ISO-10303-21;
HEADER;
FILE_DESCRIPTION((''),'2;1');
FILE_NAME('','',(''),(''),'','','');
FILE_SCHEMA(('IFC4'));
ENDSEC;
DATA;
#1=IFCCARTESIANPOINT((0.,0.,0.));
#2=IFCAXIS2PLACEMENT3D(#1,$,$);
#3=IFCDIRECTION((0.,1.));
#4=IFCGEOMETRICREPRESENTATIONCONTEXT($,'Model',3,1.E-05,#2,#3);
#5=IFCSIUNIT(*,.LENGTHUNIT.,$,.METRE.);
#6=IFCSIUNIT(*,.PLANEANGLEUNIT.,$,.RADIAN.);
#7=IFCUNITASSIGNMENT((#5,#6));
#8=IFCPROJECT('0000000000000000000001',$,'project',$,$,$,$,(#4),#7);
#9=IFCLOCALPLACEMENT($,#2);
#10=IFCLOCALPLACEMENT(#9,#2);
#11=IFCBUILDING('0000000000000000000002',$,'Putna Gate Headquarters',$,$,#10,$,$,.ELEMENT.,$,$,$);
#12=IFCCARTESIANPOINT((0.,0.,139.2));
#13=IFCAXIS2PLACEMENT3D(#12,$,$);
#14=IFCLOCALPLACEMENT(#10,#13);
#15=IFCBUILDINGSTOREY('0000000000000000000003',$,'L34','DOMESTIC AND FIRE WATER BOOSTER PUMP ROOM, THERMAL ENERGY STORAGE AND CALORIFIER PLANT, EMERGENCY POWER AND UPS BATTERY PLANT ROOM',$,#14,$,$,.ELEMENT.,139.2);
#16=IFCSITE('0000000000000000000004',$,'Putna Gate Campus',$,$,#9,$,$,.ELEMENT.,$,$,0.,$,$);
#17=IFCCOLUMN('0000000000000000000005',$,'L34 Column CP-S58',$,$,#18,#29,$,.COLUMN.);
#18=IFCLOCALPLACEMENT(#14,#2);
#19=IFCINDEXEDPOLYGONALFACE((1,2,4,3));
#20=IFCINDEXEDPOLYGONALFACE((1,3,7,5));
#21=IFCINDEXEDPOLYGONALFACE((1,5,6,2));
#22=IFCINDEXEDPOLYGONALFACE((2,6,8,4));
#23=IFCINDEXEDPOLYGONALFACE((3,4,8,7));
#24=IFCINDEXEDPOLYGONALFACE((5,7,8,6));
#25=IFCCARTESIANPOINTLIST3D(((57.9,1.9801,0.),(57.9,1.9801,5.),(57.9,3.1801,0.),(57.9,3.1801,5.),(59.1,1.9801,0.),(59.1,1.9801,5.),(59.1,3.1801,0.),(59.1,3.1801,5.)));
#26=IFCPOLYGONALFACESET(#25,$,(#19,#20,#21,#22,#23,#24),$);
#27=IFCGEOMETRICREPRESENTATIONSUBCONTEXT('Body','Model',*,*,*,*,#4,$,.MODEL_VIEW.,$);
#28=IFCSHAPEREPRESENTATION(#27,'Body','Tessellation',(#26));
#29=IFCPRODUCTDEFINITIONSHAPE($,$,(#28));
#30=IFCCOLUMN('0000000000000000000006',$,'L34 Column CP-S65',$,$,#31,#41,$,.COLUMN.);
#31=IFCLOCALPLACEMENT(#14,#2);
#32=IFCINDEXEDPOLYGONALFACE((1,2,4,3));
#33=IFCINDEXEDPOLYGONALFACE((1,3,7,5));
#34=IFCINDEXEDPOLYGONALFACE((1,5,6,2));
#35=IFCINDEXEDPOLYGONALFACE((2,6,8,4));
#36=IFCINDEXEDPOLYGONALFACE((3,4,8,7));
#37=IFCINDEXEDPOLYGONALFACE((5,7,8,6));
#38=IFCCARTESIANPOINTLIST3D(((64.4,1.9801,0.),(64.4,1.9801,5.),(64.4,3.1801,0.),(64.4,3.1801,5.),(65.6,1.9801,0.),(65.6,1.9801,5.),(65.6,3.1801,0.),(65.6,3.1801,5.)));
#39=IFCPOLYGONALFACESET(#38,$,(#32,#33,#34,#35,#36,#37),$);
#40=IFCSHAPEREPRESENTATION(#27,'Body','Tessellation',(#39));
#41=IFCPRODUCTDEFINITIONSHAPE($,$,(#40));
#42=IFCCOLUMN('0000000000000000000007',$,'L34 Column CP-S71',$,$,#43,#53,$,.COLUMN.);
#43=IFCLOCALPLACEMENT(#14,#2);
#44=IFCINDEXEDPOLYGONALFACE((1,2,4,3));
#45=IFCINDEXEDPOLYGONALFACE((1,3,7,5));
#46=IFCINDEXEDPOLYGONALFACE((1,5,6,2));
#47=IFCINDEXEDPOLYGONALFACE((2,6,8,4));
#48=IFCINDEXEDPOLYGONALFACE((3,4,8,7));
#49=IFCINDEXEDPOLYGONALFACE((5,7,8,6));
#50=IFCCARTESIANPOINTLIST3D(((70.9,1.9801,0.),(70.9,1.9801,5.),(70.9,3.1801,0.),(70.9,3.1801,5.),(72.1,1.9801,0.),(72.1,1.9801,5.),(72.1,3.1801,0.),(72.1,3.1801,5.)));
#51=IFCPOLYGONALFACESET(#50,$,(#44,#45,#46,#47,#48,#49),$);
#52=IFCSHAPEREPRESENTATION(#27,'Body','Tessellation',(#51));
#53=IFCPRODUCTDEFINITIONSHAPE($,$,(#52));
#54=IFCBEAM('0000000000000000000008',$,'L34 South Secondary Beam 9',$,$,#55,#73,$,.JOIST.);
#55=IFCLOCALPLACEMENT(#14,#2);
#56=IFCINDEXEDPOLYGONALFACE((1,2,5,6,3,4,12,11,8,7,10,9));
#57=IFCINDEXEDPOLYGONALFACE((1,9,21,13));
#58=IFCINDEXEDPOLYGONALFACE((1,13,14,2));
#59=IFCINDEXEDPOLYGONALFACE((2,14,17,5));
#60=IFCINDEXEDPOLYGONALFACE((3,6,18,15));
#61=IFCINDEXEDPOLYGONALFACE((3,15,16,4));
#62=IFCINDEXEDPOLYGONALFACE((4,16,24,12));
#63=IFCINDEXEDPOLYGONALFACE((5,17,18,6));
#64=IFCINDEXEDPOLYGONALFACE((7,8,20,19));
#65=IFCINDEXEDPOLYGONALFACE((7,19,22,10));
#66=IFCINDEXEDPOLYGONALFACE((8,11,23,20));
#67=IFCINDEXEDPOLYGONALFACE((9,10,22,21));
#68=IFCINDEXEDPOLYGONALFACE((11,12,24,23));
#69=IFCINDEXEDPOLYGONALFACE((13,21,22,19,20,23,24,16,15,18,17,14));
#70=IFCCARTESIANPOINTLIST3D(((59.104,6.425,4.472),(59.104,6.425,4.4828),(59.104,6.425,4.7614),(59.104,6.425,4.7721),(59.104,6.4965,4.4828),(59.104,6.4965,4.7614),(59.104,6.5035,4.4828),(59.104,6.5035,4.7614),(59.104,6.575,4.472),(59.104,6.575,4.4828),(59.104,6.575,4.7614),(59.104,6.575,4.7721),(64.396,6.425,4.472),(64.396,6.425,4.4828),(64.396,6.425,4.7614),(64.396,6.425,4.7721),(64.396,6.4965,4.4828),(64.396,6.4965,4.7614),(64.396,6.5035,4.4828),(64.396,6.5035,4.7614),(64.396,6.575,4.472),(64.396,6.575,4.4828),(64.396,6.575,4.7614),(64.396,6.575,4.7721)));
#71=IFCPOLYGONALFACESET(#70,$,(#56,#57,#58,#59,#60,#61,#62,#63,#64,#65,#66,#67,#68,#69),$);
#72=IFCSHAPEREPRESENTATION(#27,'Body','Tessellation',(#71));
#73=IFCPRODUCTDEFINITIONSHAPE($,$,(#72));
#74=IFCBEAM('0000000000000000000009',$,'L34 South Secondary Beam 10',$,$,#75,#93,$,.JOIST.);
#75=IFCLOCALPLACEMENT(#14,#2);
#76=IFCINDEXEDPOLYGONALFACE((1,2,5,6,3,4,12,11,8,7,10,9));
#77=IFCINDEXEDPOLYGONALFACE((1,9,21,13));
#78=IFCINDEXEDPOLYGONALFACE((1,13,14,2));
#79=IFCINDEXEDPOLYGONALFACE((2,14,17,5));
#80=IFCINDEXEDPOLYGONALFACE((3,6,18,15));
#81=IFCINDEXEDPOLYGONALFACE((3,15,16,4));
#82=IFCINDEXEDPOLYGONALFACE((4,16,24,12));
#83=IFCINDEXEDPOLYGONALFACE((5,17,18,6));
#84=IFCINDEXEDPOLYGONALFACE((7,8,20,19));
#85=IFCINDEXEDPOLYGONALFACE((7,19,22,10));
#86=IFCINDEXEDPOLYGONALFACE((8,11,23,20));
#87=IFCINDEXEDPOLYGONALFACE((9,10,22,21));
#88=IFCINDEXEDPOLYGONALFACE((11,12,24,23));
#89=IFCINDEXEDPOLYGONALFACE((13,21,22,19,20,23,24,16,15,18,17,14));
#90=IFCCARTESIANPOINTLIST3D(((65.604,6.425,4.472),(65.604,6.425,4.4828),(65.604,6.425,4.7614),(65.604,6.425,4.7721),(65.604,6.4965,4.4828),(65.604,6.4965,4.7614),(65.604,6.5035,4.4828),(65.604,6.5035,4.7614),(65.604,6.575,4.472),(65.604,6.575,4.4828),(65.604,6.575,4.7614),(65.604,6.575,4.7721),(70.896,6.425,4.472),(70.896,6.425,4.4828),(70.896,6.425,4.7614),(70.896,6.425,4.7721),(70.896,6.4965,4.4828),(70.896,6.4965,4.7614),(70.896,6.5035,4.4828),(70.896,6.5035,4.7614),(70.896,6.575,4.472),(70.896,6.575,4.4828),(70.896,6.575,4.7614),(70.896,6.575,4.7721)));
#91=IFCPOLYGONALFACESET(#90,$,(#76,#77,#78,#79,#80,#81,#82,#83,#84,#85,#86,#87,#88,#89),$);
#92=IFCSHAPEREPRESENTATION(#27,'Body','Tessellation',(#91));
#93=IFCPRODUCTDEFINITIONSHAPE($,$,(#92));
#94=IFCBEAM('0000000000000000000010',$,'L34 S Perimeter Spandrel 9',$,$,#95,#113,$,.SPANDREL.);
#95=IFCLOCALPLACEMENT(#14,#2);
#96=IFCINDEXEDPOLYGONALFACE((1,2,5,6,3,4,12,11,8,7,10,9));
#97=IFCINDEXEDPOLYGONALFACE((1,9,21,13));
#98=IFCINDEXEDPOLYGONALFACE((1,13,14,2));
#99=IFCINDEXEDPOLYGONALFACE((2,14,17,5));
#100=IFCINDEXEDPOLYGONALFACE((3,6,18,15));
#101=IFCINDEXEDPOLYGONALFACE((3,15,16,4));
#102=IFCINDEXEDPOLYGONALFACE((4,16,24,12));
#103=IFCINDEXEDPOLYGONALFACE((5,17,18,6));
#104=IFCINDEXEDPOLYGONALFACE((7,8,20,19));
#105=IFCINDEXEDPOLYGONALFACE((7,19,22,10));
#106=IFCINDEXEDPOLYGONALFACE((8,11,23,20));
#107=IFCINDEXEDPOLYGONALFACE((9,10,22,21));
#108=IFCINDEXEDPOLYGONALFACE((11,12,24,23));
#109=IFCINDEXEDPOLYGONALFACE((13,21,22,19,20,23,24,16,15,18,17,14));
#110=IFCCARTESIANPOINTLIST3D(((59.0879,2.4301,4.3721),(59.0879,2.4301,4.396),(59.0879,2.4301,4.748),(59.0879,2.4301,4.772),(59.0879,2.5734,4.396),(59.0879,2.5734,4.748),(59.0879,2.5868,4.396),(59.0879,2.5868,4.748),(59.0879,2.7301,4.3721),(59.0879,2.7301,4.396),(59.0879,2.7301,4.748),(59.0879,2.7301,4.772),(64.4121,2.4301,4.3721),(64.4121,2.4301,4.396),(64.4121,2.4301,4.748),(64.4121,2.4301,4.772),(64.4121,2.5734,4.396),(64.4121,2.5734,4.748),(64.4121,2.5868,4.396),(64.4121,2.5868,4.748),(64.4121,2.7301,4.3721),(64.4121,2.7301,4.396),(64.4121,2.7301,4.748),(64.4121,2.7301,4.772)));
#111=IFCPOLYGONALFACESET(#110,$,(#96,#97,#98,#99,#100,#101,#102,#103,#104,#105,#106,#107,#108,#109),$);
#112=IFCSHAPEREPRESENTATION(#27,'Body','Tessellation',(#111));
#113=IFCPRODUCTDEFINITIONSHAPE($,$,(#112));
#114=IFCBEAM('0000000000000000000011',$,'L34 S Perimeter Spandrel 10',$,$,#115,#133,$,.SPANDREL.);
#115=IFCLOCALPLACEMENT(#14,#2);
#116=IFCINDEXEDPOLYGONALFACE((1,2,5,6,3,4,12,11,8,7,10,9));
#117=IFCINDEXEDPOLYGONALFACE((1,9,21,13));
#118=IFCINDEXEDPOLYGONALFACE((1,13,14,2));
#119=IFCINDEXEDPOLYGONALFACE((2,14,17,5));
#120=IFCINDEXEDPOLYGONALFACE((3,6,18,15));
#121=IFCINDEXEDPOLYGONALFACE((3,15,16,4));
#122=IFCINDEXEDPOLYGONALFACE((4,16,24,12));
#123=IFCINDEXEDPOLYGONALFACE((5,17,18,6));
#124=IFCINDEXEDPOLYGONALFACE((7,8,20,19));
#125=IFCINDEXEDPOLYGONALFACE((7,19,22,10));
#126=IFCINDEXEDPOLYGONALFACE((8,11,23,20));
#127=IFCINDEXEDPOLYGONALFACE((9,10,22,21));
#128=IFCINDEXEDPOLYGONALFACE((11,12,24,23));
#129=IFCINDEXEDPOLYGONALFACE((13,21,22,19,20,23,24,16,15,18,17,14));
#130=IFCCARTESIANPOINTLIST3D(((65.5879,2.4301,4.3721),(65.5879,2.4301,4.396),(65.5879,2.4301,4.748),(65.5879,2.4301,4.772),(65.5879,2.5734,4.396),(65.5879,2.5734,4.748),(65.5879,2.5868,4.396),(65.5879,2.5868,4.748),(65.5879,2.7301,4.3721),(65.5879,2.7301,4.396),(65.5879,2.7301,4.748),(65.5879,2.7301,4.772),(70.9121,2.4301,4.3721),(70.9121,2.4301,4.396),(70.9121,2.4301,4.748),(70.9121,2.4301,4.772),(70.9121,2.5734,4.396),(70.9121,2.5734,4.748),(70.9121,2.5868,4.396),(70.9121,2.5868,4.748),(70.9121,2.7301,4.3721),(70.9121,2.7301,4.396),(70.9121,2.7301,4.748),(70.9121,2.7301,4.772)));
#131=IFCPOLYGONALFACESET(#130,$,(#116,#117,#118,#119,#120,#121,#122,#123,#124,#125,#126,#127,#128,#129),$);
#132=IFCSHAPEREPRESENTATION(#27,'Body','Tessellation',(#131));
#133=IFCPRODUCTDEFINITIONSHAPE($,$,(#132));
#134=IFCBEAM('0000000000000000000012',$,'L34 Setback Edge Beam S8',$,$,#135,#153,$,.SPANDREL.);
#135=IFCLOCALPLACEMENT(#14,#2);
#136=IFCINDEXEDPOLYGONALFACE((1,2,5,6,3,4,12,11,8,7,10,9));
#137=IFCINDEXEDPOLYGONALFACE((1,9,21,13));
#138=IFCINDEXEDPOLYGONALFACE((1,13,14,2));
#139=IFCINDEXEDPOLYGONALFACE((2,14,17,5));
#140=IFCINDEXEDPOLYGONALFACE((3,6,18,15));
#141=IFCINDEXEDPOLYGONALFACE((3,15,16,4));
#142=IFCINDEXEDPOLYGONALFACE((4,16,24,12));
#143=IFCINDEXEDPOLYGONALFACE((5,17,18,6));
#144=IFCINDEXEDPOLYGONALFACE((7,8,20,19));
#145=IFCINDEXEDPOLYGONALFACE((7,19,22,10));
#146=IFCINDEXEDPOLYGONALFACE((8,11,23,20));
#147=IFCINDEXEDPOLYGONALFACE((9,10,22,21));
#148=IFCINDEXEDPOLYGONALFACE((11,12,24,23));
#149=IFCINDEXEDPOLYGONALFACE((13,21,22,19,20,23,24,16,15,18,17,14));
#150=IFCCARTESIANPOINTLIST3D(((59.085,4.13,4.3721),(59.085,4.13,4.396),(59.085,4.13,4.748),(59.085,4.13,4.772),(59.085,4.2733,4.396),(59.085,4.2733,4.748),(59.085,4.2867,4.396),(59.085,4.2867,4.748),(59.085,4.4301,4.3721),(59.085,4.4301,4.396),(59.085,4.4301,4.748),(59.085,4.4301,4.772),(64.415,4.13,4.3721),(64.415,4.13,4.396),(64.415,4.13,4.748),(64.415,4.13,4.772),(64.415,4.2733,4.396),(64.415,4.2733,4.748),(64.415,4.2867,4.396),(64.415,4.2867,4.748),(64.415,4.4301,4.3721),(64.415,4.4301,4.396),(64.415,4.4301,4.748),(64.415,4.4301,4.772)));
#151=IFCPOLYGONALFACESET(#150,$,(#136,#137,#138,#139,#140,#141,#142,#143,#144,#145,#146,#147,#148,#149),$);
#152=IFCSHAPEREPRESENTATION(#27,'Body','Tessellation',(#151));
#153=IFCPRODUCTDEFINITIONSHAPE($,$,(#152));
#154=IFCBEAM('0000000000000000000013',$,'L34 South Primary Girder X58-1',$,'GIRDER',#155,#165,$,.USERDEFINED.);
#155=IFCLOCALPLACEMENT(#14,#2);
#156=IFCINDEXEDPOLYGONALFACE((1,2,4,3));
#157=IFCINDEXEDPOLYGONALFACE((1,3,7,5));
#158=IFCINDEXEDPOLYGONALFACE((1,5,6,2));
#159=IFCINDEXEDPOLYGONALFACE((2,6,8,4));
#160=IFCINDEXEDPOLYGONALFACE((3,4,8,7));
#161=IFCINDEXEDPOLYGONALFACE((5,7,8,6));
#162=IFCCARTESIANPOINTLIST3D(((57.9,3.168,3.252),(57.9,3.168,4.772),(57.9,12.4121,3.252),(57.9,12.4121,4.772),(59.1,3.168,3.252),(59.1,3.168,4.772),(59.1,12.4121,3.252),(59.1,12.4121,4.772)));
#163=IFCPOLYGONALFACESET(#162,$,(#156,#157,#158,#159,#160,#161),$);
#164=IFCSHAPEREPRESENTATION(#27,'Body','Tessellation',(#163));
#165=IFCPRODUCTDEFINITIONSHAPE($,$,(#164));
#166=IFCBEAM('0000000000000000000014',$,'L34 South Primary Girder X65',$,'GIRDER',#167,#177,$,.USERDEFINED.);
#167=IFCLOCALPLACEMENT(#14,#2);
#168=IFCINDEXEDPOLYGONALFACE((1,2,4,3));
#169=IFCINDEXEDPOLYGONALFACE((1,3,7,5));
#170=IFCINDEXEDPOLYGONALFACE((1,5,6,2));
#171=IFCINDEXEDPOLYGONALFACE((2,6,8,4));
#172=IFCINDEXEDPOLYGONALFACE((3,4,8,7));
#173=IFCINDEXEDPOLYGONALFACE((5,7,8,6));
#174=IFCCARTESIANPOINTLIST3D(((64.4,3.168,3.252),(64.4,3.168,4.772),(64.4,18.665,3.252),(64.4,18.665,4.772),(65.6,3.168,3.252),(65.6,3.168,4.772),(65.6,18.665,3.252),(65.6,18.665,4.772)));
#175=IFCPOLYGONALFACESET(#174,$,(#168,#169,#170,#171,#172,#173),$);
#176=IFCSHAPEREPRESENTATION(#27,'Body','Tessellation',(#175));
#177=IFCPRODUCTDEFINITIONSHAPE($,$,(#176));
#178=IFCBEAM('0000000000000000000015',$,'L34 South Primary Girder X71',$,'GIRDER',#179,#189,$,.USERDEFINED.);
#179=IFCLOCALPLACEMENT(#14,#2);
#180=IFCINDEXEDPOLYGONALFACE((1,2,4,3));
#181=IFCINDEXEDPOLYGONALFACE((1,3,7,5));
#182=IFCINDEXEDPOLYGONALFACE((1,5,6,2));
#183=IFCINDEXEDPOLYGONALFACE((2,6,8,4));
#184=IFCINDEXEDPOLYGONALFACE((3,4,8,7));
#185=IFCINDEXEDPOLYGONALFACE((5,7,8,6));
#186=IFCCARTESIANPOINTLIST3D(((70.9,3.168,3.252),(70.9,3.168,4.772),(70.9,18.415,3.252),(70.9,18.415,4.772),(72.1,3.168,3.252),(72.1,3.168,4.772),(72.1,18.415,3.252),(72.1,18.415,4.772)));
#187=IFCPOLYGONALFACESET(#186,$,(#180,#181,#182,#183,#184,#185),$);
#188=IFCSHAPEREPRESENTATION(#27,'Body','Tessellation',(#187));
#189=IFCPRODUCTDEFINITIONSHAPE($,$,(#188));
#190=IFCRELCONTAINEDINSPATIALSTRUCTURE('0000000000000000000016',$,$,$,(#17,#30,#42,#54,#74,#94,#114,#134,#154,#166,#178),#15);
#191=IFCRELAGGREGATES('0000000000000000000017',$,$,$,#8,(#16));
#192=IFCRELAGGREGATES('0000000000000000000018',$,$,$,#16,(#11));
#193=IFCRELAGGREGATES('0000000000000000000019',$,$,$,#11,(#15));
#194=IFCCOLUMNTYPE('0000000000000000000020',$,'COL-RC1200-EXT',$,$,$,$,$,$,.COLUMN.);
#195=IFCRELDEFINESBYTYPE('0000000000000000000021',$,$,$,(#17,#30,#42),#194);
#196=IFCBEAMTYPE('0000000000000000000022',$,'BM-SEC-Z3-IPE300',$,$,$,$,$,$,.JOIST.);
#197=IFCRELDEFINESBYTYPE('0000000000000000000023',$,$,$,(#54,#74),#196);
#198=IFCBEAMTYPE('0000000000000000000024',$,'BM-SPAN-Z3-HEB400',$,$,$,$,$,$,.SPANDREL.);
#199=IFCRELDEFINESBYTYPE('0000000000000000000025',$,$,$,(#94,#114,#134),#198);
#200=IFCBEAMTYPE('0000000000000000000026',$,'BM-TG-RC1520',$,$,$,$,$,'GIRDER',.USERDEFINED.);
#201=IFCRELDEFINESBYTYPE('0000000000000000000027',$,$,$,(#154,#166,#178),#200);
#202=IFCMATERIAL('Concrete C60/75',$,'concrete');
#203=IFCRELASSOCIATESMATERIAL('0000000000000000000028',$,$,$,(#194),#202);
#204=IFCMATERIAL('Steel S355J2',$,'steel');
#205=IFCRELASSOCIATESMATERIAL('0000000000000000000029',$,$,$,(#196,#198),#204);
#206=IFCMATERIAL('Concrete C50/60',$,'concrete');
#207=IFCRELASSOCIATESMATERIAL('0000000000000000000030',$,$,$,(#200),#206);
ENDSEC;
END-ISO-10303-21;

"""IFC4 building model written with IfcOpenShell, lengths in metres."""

from ifc_helpers import new_model, si_unit, direction, frame, origin, origin_2d, place, context, subcontext, project, spatial, rectangle, i_section, extrude, material, material_profile, profile_set, type_object, element, save


model = new_model("IFC4")

# Units and contexts
model_context = context("Model", 3, precision=1e-05, world=origin(), true_north=direction((0.0, 1.0)))
body_context = subcontext(model_context, "Body", "Model", "MODEL_VIEW")
ifc_project = project(units=[si_unit("LENGTHUNIT", "METRE"), si_unit("PLANEANGLEUNIT", "RADIAN")], contexts=[model_context])

# Site, building, storey
site_placement = place(None, origin())
site = spatial("IfcSite", under=ifc_project, at=site_placement, Name="Putna Gate Campus", CompositionType="ELEMENT", RefElevation=0.0)
building_placement = place(site_placement, origin())
building = spatial("IfcBuilding", under=site, at=building_placement, Name="Putna Gate Headquarters", CompositionType="ELEMENT")
storey_placement = place(building_placement, frame((0.0, 0.0, 139.2)))
storey = spatial("IfcBuildingStorey", under=building, at=storey_placement, Name="L34", Description="DOMESTIC AND FIRE WATER BOOSTER PUMP ROOM, THERMAL ENERGY STORAGE AND CALORIFIER PLANT, EMERGENCY POWER AND UPS BATTERY PLANT ROOM", CompositionType="ELEMENT", Elevation=139.2)

# Columns
ifc_material_1 = material(Name="Concrete C60/75", Category="concrete")
ifc_material_profile_1 = material_profile(ifc_material_1, rectangle(XDim=1.2, YDim=1.2, at=origin_2d()), Name="Concrete C60/75")
ifc_profile_set_1 = profile_set([ifc_material_profile_1], Name="Concrete C60/75")
column_type = type_object("IfcColumnType", Name="COL-RC1200-EXT", PredefinedType="COLUMN", material=ifc_profile_set_1)
for number, where, z_axis, x_axis, name in (
    (1, (58.5, 2.5801, 0.0), (0.0, 0.0, 1.0), (1.0, 0.0, 0.0), "L34 Column CP-S58"),
    (2, (65.0, 2.5801, 0.0), (0.0, 0.0, 1.0), (1.0, 0.0, 0.0), "L34 Column CP-S65"),
    (3, (71.5, 2.5801, 0.0), (0.0, 0.0, 1.0), (1.0, 0.0, 0.0), "L34 Column CP-S71"),
):
    element("IfcColumn", number, at=place(storey_placement, frame(where, z_axis=z_axis, x_axis=x_axis)), inside=storey, type_object=column_type, Name=name, PredefinedType="COLUMN", context=body_context, shape_type="SweptSolid", body=[
        extrude(rectangle(XDim=1.2, YDim=1.2, at=origin_2d()), origin(), (0.0, 0.0, 1.0), 5.0),
    ])

# Beams
ifc_material_2 = material(Name="Steel S355J2", Category="steel")
ifc_material_profile_2 = material_profile(ifc_material_2, i_section(OverallWidth=0.1499, OverallDepth=0.3, WebThickness=0.0071, FlangeThickness=0.0107, at=origin_2d()), Name="Steel S355J2")
ifc_profile_set_2 = profile_set([ifc_material_profile_2], Name="Steel S355J2")
beam_type_1 = type_object("IfcBeamType", Name="BM-SEC-Z3-IPE300", PredefinedType="JOIST", material=ifc_profile_set_2)
for number, where, z_axis, x_axis, name in (
    (4, (59.104, 6.5, 4.6221), (1.0, 0.0, 0.0), (0.0, 1.0, 0.0), "L34 South Secondary Beam 9"),
    (5, (65.604, 6.5, 4.6221), (1.0, 0.0, 0.0), (0.0, 1.0, 0.0), "L34 South Secondary Beam 10"),
):
    element("IfcBeam", number, at=place(storey_placement, frame(where, z_axis=z_axis, x_axis=x_axis)), inside=storey, type_object=beam_type_1, Name=name, PredefinedType="JOIST", context=body_context, shape_type="SweptSolid", body=[
        extrude(i_section(OverallWidth=0.1499, OverallDepth=0.3, WebThickness=0.0071, FlangeThickness=0.0107, at=origin_2d()), origin(), (0.0, 0.0, 1.0), 5.292),
    ])
ifc_material_profile_3 = material_profile(ifc_material_2, i_section(OverallWidth=0.3, OverallDepth=0.3999, WebThickness=0.0134, FlangeThickness=0.0239, at=origin_2d()), Name="Steel S355J2")
ifc_profile_set_3 = profile_set([ifc_material_profile_3], Name="Steel S355J2")
beam_type_2 = type_object("IfcBeamType", Name="BM-SPAN-Z3-HEB400", PredefinedType="SPANDREL", material=ifc_profile_set_3)
for number, where, z_axis, x_axis, name in (
    (6, (59.0879, 2.5801, 4.572), (1.0, 0.0, 0.0), (0.0, 1.0, 0.0), "L34 S Perimeter Spandrel 9"),
    (7, (65.5879, 2.5801, 4.572), (1.0, 0.0, 0.0), (0.0, 1.0, 0.0), "L34 S Perimeter Spandrel 10"),
):
    element("IfcBeam", number, at=place(storey_placement, frame(where, z_axis=z_axis, x_axis=x_axis)), inside=storey, type_object=beam_type_2, Name=name, PredefinedType="SPANDREL", context=body_context, shape_type="SweptSolid", body=[
        extrude(i_section(OverallWidth=0.3, OverallDepth=0.3999, WebThickness=0.0134, FlangeThickness=0.0239, at=origin_2d()), origin(), (0.0, 0.0, 1.0), 5.3242),
    ])
beam_1_placement = place(storey_placement, frame((59.085, 4.28, 4.572), z_axis=(1.0, 0.0, 0.0), x_axis=(0.0, 1.0, 0.0)))
element("IfcBeam", 8, at=beam_1_placement, inside=storey, type_object=beam_type_2, Name="L34 Setback Edge Beam S8", PredefinedType="SPANDREL", context=body_context, shape_type="SweptSolid", body=[
    extrude(i_section(OverallWidth=0.3, OverallDepth=0.3999, WebThickness=0.0134, FlangeThickness=0.0239, at=origin_2d()), origin(), (0.0, 0.0, 1.0), 5.3301),
])
ifc_material_3 = material(Name="Concrete C50/60", Category="concrete")
ifc_material_profile_4 = material_profile(ifc_material_3, rectangle(XDim=1.2, YDim=1.52, at=origin_2d()), Name="Concrete C50/60")
ifc_profile_set_4 = profile_set([ifc_material_profile_4], Name="Concrete C50/60")
beam_type_3 = type_object("IfcBeamType", Name="BM-TG-RC1520", ElementType="GIRDER", PredefinedType="USERDEFINED", material=ifc_profile_set_4)
beam_2_placement = place(storey_placement, frame((58.5, 3.168, 4.012), z_axis=(0.0, 1.0, 0.0), x_axis=(-1.0, 0.0, 0.0)))
element("IfcBeam", 9, at=beam_2_placement, inside=storey, type_object=beam_type_3, Name="L34 South Primary Girder X58-1", ObjectType="GIRDER", PredefinedType="USERDEFINED", context=body_context, shape_type="SweptSolid", body=[
    extrude(rectangle(XDim=1.2, YDim=1.52, at=origin_2d()), origin(), (0.0, 0.0, 1.0), 9.2441),
])
beam_3_placement = place(storey_placement, frame((65.0, 3.168, 4.012), z_axis=(0.0, 1.0, 0.0), x_axis=(-1.0, 0.0, 0.0)))
element("IfcBeam", 10, at=beam_3_placement, inside=storey, type_object=beam_type_3, Name="L34 South Primary Girder X65", ObjectType="GIRDER", PredefinedType="USERDEFINED", context=body_context, shape_type="SweptSolid", body=[
    extrude(rectangle(XDim=1.2, YDim=1.52, at=origin_2d()), origin(), (0.0, 0.0, 1.0), 15.4971),
])
beam_4_placement = place(storey_placement, frame((71.5, 3.168, 4.012), z_axis=(0.0, 1.0, 0.0), x_axis=(-1.0, 0.0, 0.0)))
element("IfcBeam", 11, at=beam_4_placement, inside=storey, type_object=beam_type_3, Name="L34 South Primary Girder X71", ObjectType="GIRDER", PredefinedType="USERDEFINED", context=body_context, shape_type="SweptSolid", body=[
    extrude(rectangle(XDim=1.2, YDim=1.52, at=origin_2d()), origin(), (0.0, 0.0, 1.0), 15.2471),
])

save(model, "model.ifc")
